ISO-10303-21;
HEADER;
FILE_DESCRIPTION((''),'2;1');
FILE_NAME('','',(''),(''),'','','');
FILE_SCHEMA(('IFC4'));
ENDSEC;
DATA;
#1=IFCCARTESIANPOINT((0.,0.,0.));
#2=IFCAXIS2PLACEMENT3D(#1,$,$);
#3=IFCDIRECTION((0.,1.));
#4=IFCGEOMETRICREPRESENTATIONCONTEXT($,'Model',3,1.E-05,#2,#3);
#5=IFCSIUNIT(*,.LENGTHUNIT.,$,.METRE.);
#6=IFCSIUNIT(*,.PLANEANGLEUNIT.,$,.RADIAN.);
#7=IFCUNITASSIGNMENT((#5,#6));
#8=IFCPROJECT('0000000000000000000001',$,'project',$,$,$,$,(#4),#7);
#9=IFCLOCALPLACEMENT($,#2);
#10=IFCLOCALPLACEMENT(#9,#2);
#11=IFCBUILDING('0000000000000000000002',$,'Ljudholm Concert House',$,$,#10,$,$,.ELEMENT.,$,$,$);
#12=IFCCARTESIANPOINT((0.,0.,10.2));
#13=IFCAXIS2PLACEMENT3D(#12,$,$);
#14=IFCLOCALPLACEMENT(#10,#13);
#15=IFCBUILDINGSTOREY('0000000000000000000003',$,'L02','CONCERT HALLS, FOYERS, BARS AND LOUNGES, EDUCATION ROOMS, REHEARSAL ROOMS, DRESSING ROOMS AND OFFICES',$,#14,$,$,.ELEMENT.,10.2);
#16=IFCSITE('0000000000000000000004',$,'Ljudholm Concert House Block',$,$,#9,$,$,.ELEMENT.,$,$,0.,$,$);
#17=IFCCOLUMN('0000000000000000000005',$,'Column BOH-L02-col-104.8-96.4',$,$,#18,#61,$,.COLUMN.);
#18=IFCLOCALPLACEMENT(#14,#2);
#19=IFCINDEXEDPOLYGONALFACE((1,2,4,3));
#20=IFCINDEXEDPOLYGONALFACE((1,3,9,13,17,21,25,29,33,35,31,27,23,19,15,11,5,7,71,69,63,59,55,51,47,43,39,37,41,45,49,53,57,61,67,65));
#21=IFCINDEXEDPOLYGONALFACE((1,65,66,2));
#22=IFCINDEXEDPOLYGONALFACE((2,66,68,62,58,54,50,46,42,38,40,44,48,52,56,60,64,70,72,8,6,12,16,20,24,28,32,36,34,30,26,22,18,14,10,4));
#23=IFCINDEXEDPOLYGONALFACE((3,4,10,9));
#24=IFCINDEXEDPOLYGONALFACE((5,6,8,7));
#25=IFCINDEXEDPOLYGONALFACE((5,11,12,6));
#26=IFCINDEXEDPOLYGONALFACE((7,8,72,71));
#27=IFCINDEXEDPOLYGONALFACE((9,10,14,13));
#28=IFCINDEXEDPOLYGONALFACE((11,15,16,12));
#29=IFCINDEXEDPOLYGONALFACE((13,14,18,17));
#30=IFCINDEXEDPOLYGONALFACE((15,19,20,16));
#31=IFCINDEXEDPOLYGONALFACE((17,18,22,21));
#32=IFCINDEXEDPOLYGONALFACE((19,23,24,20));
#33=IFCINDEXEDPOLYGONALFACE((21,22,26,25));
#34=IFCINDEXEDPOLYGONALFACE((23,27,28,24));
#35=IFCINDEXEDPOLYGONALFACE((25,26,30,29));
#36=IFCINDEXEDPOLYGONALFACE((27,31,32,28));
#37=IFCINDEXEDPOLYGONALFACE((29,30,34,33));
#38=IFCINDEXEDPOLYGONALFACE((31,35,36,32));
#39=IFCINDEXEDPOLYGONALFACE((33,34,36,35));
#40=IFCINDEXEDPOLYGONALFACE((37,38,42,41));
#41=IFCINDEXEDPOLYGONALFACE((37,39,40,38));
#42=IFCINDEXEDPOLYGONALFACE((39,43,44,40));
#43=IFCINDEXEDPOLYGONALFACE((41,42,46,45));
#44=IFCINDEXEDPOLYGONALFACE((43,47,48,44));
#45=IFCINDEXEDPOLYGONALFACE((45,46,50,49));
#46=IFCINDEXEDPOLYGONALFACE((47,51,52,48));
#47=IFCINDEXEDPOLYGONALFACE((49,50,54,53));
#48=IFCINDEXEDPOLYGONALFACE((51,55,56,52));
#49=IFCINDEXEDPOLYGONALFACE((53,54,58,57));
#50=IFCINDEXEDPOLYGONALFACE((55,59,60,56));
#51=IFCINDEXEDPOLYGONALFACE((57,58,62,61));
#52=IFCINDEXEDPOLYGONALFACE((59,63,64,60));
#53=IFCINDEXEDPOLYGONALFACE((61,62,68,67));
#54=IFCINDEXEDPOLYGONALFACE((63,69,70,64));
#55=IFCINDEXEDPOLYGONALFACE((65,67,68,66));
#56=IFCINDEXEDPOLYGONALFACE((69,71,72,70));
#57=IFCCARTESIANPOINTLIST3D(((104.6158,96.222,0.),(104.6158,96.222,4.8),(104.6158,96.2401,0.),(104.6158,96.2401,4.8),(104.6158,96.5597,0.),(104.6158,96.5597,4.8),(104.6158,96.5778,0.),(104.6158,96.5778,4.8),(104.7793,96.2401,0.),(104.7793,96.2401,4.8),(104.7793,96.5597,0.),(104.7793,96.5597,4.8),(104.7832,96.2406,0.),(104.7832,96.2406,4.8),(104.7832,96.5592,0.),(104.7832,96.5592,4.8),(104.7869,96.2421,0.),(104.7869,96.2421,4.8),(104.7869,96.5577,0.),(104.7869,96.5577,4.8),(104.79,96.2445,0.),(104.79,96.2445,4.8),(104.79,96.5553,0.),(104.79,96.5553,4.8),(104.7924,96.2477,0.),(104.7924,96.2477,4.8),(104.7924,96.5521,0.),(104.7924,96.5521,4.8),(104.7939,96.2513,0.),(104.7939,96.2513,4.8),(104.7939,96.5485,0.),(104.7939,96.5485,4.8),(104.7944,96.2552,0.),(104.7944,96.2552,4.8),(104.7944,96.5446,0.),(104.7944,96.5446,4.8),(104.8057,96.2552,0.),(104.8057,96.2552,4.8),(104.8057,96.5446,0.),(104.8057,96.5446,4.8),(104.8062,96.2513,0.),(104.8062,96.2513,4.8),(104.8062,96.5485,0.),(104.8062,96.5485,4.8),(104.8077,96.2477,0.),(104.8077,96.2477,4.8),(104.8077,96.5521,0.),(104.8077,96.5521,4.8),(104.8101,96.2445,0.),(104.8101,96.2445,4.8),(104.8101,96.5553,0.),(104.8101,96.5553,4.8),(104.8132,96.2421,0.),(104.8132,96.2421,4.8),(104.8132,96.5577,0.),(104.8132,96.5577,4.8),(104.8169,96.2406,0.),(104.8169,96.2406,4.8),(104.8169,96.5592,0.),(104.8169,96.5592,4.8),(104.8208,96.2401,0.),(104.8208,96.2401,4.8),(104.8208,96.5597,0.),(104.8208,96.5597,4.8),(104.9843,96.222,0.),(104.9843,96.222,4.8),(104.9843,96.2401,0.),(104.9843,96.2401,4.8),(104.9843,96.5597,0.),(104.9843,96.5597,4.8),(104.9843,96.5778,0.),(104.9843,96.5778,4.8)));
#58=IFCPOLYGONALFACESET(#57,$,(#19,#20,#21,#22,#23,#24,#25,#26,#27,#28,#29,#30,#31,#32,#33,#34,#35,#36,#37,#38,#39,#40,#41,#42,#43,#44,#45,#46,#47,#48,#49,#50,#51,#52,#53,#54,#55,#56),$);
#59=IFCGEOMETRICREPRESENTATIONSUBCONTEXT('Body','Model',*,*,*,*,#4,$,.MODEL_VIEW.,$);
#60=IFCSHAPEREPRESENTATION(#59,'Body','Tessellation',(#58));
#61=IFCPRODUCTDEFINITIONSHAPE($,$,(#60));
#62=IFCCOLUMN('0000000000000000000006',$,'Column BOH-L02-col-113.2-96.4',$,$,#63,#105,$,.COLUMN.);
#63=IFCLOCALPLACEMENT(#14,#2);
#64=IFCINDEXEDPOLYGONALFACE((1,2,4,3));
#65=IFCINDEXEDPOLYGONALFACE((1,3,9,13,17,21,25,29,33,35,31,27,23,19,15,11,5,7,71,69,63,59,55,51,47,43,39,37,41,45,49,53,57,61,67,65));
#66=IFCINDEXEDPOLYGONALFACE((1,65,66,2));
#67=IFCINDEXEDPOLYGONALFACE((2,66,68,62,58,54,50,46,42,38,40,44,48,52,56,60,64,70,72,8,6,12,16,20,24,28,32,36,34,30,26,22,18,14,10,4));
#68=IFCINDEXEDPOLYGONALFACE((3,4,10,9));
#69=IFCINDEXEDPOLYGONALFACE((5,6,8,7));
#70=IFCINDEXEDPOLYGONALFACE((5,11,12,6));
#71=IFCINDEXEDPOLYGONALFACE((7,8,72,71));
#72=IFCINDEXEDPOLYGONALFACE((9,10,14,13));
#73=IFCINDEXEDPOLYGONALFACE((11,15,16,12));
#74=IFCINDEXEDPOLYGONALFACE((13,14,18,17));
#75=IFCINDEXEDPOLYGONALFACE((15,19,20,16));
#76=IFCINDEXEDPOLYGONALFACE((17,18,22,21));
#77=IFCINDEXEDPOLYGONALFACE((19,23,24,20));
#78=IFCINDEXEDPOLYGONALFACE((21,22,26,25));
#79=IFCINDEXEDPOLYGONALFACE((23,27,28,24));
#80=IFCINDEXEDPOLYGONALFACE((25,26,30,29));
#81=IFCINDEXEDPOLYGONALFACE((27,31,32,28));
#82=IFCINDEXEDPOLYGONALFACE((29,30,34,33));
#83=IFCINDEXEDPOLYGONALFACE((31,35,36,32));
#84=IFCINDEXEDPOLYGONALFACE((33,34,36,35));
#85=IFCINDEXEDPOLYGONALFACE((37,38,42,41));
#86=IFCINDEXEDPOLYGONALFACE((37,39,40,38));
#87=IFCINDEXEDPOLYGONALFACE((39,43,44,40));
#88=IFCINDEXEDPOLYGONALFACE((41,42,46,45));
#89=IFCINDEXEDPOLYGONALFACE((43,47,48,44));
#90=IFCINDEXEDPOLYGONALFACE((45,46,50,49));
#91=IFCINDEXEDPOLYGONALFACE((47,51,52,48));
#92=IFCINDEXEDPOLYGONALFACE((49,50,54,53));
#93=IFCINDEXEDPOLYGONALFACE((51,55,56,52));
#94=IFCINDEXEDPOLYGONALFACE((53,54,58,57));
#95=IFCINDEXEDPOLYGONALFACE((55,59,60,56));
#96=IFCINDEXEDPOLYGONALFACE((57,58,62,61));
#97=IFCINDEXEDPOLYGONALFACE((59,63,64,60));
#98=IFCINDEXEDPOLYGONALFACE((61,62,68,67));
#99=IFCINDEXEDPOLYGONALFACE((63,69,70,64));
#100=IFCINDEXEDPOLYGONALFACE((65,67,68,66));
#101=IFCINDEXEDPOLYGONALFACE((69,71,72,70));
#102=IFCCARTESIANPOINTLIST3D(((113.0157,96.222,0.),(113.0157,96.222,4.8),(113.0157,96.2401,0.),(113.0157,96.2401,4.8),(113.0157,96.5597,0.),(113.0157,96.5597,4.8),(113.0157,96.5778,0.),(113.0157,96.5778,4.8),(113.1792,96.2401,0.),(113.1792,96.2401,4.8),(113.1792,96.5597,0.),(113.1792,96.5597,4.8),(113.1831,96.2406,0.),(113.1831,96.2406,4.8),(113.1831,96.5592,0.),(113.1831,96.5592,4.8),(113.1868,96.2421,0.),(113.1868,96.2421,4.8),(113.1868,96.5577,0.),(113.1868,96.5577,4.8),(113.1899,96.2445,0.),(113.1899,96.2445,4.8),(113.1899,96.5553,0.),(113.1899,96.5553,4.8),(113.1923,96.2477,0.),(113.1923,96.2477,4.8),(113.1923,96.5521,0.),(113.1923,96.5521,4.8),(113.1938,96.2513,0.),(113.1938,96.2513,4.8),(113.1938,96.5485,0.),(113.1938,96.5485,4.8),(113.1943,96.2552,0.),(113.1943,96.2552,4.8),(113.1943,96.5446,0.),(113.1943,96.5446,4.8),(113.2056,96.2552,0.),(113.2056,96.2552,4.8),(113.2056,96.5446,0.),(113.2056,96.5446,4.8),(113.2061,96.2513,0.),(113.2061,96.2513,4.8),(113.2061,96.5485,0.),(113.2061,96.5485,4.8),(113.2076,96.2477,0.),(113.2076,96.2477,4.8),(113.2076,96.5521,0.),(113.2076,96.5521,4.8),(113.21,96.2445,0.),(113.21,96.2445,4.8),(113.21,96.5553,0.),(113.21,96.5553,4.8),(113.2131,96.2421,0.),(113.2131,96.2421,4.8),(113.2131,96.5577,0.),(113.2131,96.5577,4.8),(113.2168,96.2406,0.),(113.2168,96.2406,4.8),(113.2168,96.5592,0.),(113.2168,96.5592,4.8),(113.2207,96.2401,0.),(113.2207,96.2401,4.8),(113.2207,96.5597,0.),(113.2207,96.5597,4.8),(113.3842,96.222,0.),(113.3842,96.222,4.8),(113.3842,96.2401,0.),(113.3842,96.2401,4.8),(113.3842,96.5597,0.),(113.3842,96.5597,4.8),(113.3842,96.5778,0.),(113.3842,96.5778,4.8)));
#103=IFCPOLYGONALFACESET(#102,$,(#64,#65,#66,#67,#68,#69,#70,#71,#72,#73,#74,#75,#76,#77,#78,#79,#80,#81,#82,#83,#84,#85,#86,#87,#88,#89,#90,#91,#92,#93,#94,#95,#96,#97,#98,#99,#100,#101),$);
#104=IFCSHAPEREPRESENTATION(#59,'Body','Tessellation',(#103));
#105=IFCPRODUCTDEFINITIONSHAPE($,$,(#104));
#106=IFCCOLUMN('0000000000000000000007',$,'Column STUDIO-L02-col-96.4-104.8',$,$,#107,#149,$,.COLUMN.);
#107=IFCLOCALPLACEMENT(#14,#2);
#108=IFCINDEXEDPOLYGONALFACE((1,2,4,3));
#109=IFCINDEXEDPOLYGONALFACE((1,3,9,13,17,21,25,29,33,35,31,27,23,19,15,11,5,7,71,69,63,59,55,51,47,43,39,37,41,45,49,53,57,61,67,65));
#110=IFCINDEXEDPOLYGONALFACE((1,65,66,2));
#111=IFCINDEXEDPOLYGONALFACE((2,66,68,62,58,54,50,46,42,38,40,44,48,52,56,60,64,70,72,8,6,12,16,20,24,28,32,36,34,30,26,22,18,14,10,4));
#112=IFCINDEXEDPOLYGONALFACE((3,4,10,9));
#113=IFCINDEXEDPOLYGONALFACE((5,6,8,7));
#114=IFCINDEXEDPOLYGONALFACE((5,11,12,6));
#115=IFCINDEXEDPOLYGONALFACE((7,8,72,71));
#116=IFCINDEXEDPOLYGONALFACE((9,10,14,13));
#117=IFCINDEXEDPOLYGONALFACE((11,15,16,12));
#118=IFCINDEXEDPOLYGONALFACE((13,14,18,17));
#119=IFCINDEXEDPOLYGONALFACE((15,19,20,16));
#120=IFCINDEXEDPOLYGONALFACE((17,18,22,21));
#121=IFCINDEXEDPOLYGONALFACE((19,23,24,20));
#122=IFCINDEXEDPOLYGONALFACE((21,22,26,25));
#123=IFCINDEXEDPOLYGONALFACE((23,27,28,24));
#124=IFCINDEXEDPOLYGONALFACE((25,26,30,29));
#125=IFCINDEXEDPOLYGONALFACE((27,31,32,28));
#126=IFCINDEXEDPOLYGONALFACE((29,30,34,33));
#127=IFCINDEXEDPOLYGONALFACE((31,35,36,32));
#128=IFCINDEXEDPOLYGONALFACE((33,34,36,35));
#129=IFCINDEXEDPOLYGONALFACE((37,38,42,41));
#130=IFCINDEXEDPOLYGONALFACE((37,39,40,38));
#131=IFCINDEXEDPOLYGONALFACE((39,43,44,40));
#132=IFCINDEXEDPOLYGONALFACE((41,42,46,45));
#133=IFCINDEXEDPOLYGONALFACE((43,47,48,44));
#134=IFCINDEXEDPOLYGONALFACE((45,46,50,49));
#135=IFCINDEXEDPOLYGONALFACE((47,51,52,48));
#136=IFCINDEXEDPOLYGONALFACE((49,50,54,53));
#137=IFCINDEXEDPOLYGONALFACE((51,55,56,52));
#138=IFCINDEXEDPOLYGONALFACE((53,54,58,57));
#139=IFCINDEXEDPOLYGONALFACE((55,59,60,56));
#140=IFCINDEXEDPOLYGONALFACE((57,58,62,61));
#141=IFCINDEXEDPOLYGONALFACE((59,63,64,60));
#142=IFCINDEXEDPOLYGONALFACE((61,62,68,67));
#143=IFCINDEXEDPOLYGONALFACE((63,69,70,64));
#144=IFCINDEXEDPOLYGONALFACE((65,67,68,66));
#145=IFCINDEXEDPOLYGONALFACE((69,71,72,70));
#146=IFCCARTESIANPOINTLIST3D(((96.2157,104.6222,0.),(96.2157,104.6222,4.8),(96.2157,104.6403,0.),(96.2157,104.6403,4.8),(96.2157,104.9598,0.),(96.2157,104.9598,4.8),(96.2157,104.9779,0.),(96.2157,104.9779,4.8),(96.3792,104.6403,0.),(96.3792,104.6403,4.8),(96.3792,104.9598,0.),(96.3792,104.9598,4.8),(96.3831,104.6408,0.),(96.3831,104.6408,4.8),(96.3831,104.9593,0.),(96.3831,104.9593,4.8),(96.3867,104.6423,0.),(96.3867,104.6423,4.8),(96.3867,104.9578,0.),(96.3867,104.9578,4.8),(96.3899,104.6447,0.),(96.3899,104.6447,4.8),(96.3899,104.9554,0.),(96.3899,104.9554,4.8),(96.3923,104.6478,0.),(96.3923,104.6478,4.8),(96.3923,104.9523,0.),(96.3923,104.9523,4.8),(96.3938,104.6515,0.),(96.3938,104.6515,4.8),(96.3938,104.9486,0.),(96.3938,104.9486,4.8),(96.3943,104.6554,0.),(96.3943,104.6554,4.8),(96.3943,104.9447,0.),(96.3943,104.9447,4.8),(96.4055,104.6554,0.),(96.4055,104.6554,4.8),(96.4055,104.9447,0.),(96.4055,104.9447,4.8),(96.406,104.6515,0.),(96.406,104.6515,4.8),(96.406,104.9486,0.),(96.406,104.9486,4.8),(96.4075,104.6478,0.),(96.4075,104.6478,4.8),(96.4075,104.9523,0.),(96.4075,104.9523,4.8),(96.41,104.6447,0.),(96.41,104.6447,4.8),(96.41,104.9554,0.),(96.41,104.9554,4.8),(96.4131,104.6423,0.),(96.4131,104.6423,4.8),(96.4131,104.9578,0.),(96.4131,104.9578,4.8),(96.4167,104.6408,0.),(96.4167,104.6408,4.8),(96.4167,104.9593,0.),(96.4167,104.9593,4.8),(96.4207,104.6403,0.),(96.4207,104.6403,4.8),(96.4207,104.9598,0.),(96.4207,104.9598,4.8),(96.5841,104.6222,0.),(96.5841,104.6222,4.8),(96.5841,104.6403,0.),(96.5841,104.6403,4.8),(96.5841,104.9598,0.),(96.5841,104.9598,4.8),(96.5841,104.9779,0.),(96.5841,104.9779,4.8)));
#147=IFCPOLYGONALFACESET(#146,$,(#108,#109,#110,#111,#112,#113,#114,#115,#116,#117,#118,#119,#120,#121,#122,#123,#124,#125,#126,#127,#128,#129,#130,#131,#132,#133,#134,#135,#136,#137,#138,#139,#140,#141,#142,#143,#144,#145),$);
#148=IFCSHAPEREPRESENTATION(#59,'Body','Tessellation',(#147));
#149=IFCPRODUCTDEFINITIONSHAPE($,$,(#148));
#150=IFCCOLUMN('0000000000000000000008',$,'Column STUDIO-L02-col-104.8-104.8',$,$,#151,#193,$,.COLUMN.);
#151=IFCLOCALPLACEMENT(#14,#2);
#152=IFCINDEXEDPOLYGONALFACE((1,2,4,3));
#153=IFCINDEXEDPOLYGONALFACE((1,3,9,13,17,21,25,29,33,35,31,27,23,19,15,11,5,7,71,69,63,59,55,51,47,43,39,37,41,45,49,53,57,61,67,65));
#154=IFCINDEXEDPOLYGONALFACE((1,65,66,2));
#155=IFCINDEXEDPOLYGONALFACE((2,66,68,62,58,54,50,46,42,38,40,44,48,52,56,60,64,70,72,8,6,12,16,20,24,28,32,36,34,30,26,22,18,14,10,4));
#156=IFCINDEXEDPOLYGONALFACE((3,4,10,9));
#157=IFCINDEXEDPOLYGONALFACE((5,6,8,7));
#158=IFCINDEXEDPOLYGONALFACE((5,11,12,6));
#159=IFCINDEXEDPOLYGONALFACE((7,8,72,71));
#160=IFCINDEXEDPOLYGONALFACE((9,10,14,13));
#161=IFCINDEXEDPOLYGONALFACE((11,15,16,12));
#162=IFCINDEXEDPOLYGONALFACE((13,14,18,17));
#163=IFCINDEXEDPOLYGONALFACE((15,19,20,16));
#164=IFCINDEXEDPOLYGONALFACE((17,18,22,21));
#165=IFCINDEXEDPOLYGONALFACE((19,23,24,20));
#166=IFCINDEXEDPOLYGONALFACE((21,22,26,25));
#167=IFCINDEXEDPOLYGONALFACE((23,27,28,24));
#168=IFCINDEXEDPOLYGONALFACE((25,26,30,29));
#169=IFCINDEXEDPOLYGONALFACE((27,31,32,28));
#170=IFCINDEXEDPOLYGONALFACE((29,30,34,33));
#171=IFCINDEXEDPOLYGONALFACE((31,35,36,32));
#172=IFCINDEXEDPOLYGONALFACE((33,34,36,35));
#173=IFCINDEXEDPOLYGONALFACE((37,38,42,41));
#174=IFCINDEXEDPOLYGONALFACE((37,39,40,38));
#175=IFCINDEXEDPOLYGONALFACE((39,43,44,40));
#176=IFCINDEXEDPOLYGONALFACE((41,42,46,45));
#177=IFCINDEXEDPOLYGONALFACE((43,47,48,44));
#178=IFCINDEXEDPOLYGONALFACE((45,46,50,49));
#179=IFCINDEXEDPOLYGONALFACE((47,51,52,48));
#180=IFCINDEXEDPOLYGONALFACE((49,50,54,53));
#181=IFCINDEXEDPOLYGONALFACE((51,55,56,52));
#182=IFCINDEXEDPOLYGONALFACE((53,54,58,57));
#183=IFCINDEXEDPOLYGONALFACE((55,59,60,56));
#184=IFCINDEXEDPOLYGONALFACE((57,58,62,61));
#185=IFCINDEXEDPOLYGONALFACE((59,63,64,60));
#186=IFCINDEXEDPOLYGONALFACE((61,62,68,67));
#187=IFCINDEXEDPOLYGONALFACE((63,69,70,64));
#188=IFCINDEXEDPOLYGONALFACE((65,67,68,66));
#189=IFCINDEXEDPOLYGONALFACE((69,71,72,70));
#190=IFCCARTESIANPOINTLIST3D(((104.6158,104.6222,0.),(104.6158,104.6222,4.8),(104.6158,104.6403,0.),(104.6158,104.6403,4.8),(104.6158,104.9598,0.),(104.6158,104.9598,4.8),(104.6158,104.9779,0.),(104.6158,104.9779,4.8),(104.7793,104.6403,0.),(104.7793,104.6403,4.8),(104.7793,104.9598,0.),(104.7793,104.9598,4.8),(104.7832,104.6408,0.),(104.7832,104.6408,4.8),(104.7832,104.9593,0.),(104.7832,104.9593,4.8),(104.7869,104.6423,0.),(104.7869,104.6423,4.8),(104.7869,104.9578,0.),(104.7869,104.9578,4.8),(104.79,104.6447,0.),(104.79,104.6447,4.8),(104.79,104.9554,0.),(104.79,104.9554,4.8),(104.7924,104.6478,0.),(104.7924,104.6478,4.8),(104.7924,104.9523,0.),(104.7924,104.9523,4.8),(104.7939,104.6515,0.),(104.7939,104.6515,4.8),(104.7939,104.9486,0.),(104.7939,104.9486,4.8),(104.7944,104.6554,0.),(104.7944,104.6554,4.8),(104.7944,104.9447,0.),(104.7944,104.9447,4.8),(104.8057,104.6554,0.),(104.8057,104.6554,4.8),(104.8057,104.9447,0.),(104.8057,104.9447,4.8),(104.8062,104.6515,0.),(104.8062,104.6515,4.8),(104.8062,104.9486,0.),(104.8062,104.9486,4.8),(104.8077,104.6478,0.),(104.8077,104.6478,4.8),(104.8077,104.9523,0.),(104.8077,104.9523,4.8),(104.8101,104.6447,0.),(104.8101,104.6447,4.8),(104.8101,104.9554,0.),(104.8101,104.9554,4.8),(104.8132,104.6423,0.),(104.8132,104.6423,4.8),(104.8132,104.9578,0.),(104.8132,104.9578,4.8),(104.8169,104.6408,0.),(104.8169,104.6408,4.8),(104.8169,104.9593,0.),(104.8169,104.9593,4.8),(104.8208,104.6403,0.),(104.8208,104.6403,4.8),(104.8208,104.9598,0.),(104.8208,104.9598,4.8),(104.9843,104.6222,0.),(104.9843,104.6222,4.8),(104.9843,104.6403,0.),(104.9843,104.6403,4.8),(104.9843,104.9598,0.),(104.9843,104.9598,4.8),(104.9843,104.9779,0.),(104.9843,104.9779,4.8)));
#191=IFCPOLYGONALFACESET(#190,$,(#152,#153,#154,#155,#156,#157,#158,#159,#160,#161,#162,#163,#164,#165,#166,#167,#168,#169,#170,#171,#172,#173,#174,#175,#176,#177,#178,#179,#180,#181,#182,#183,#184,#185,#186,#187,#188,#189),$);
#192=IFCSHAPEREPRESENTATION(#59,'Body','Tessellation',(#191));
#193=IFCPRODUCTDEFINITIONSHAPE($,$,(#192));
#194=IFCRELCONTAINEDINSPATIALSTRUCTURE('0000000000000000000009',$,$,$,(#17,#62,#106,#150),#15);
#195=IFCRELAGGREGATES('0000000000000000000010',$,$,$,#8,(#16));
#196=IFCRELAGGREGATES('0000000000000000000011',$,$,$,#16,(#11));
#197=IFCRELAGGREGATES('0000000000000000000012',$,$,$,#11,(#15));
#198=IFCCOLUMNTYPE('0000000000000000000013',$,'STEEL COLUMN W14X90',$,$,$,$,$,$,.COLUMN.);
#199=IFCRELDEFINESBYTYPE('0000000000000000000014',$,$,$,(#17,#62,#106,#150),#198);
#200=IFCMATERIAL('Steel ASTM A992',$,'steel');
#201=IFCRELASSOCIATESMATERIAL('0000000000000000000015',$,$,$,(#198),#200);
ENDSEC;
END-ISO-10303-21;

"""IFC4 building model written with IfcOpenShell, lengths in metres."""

from ifc_helpers import new_model, si_unit, direction, frame, origin, origin_2d, place, context, subcontext, project, spatial, i_section, extrude, material, material_profile, profile_set, type_object, element, save


model = new_model("IFC4")

# Units and contexts
model_context = context("Model", 3, precision=1e-05, world=origin(), true_north=direction((0.0, 1.0)))
body_context = subcontext(model_context, "Body", "Model", "MODEL_VIEW")
ifc_project = project(units=[si_unit("LENGTHUNIT", "METRE"), si_unit("PLANEANGLEUNIT", "RADIAN")], contexts=[model_context])

# Site, building, storey
site_placement = place(None, origin())
site = spatial("IfcSite", under=ifc_project, at=site_placement, Name="Ljudholm Concert House Block", CompositionType="ELEMENT", RefElevation=0.0)
building_placement = place(site_placement, origin())
building = spatial("IfcBuilding", under=site, at=building_placement, Name="Ljudholm Concert House", CompositionType="ELEMENT")
storey_placement = place(building_placement, frame((0.0, 0.0, 10.2)))
storey = spatial("IfcBuildingStorey", under=building, at=storey_placement, Name="L02", Description="CONCERT HALLS, FOYERS, BARS AND LOUNGES, EDUCATION ROOMS, REHEARSAL ROOMS, DRESSING ROOMS AND OFFICES", CompositionType="ELEMENT", Elevation=10.2)

# Columns
ifc_material_1 = material(Name="Steel ASTM A992", Category="steel")
ifc_material_profile_1 = material_profile(ifc_material_1, i_section(OverallWidth=0.3684, OverallDepth=0.3557, WebThickness=0.0112, FlangeThickness=0.0181, FilletRadius=0.0151, at=origin_2d()), Name="W14X90")
ifc_profile_set_1 = profile_set([ifc_material_profile_1], Name="Steel ASTM A992")
column_type = type_object("IfcColumnType", Name="STEEL COLUMN W14X90", PredefinedType="COLUMN", material=ifc_profile_set_1)
for number, where, z_axis, x_axis, name in (
    (1, (104.8, 96.3999, 0.0), (0.0, 0.0, 1.0), (1.0, 0.0, 0.0), "Column BOH-L02-col-104.8-96.4"),
    (2, (113.2, 96.3999, 0.0), (0.0, 0.0, 1.0), (1.0, 0.0, 0.0), "Column BOH-L02-col-113.2-96.4"),
    (3, (96.3999, 104.8, 0.0), (0.0, 0.0, 1.0), (1.0, 0.0, 0.0), "Column STUDIO-L02-col-96.4-104.8"),
    (4, (104.8, 104.8, 0.0), (0.0, 0.0, 1.0), (1.0, 0.0, 0.0), "Column STUDIO-L02-col-104.8-104.8"),
):
    element("IfcColumn", number, at=place(storey_placement, frame(where, z_axis=z_axis, x_axis=x_axis)), inside=storey, type_object=column_type, Name=name, PredefinedType="COLUMN", context=body_context, shape_type="SweptSolid", body=[
        extrude(i_section(OverallWidth=0.3684, OverallDepth=0.3557, WebThickness=0.0112, FlangeThickness=0.0181, FilletRadius=0.0151, at=origin_2d()), origin(), (0.0, 0.0, 1.0), 4.8),
    ])

save(model, "model.ifc")
